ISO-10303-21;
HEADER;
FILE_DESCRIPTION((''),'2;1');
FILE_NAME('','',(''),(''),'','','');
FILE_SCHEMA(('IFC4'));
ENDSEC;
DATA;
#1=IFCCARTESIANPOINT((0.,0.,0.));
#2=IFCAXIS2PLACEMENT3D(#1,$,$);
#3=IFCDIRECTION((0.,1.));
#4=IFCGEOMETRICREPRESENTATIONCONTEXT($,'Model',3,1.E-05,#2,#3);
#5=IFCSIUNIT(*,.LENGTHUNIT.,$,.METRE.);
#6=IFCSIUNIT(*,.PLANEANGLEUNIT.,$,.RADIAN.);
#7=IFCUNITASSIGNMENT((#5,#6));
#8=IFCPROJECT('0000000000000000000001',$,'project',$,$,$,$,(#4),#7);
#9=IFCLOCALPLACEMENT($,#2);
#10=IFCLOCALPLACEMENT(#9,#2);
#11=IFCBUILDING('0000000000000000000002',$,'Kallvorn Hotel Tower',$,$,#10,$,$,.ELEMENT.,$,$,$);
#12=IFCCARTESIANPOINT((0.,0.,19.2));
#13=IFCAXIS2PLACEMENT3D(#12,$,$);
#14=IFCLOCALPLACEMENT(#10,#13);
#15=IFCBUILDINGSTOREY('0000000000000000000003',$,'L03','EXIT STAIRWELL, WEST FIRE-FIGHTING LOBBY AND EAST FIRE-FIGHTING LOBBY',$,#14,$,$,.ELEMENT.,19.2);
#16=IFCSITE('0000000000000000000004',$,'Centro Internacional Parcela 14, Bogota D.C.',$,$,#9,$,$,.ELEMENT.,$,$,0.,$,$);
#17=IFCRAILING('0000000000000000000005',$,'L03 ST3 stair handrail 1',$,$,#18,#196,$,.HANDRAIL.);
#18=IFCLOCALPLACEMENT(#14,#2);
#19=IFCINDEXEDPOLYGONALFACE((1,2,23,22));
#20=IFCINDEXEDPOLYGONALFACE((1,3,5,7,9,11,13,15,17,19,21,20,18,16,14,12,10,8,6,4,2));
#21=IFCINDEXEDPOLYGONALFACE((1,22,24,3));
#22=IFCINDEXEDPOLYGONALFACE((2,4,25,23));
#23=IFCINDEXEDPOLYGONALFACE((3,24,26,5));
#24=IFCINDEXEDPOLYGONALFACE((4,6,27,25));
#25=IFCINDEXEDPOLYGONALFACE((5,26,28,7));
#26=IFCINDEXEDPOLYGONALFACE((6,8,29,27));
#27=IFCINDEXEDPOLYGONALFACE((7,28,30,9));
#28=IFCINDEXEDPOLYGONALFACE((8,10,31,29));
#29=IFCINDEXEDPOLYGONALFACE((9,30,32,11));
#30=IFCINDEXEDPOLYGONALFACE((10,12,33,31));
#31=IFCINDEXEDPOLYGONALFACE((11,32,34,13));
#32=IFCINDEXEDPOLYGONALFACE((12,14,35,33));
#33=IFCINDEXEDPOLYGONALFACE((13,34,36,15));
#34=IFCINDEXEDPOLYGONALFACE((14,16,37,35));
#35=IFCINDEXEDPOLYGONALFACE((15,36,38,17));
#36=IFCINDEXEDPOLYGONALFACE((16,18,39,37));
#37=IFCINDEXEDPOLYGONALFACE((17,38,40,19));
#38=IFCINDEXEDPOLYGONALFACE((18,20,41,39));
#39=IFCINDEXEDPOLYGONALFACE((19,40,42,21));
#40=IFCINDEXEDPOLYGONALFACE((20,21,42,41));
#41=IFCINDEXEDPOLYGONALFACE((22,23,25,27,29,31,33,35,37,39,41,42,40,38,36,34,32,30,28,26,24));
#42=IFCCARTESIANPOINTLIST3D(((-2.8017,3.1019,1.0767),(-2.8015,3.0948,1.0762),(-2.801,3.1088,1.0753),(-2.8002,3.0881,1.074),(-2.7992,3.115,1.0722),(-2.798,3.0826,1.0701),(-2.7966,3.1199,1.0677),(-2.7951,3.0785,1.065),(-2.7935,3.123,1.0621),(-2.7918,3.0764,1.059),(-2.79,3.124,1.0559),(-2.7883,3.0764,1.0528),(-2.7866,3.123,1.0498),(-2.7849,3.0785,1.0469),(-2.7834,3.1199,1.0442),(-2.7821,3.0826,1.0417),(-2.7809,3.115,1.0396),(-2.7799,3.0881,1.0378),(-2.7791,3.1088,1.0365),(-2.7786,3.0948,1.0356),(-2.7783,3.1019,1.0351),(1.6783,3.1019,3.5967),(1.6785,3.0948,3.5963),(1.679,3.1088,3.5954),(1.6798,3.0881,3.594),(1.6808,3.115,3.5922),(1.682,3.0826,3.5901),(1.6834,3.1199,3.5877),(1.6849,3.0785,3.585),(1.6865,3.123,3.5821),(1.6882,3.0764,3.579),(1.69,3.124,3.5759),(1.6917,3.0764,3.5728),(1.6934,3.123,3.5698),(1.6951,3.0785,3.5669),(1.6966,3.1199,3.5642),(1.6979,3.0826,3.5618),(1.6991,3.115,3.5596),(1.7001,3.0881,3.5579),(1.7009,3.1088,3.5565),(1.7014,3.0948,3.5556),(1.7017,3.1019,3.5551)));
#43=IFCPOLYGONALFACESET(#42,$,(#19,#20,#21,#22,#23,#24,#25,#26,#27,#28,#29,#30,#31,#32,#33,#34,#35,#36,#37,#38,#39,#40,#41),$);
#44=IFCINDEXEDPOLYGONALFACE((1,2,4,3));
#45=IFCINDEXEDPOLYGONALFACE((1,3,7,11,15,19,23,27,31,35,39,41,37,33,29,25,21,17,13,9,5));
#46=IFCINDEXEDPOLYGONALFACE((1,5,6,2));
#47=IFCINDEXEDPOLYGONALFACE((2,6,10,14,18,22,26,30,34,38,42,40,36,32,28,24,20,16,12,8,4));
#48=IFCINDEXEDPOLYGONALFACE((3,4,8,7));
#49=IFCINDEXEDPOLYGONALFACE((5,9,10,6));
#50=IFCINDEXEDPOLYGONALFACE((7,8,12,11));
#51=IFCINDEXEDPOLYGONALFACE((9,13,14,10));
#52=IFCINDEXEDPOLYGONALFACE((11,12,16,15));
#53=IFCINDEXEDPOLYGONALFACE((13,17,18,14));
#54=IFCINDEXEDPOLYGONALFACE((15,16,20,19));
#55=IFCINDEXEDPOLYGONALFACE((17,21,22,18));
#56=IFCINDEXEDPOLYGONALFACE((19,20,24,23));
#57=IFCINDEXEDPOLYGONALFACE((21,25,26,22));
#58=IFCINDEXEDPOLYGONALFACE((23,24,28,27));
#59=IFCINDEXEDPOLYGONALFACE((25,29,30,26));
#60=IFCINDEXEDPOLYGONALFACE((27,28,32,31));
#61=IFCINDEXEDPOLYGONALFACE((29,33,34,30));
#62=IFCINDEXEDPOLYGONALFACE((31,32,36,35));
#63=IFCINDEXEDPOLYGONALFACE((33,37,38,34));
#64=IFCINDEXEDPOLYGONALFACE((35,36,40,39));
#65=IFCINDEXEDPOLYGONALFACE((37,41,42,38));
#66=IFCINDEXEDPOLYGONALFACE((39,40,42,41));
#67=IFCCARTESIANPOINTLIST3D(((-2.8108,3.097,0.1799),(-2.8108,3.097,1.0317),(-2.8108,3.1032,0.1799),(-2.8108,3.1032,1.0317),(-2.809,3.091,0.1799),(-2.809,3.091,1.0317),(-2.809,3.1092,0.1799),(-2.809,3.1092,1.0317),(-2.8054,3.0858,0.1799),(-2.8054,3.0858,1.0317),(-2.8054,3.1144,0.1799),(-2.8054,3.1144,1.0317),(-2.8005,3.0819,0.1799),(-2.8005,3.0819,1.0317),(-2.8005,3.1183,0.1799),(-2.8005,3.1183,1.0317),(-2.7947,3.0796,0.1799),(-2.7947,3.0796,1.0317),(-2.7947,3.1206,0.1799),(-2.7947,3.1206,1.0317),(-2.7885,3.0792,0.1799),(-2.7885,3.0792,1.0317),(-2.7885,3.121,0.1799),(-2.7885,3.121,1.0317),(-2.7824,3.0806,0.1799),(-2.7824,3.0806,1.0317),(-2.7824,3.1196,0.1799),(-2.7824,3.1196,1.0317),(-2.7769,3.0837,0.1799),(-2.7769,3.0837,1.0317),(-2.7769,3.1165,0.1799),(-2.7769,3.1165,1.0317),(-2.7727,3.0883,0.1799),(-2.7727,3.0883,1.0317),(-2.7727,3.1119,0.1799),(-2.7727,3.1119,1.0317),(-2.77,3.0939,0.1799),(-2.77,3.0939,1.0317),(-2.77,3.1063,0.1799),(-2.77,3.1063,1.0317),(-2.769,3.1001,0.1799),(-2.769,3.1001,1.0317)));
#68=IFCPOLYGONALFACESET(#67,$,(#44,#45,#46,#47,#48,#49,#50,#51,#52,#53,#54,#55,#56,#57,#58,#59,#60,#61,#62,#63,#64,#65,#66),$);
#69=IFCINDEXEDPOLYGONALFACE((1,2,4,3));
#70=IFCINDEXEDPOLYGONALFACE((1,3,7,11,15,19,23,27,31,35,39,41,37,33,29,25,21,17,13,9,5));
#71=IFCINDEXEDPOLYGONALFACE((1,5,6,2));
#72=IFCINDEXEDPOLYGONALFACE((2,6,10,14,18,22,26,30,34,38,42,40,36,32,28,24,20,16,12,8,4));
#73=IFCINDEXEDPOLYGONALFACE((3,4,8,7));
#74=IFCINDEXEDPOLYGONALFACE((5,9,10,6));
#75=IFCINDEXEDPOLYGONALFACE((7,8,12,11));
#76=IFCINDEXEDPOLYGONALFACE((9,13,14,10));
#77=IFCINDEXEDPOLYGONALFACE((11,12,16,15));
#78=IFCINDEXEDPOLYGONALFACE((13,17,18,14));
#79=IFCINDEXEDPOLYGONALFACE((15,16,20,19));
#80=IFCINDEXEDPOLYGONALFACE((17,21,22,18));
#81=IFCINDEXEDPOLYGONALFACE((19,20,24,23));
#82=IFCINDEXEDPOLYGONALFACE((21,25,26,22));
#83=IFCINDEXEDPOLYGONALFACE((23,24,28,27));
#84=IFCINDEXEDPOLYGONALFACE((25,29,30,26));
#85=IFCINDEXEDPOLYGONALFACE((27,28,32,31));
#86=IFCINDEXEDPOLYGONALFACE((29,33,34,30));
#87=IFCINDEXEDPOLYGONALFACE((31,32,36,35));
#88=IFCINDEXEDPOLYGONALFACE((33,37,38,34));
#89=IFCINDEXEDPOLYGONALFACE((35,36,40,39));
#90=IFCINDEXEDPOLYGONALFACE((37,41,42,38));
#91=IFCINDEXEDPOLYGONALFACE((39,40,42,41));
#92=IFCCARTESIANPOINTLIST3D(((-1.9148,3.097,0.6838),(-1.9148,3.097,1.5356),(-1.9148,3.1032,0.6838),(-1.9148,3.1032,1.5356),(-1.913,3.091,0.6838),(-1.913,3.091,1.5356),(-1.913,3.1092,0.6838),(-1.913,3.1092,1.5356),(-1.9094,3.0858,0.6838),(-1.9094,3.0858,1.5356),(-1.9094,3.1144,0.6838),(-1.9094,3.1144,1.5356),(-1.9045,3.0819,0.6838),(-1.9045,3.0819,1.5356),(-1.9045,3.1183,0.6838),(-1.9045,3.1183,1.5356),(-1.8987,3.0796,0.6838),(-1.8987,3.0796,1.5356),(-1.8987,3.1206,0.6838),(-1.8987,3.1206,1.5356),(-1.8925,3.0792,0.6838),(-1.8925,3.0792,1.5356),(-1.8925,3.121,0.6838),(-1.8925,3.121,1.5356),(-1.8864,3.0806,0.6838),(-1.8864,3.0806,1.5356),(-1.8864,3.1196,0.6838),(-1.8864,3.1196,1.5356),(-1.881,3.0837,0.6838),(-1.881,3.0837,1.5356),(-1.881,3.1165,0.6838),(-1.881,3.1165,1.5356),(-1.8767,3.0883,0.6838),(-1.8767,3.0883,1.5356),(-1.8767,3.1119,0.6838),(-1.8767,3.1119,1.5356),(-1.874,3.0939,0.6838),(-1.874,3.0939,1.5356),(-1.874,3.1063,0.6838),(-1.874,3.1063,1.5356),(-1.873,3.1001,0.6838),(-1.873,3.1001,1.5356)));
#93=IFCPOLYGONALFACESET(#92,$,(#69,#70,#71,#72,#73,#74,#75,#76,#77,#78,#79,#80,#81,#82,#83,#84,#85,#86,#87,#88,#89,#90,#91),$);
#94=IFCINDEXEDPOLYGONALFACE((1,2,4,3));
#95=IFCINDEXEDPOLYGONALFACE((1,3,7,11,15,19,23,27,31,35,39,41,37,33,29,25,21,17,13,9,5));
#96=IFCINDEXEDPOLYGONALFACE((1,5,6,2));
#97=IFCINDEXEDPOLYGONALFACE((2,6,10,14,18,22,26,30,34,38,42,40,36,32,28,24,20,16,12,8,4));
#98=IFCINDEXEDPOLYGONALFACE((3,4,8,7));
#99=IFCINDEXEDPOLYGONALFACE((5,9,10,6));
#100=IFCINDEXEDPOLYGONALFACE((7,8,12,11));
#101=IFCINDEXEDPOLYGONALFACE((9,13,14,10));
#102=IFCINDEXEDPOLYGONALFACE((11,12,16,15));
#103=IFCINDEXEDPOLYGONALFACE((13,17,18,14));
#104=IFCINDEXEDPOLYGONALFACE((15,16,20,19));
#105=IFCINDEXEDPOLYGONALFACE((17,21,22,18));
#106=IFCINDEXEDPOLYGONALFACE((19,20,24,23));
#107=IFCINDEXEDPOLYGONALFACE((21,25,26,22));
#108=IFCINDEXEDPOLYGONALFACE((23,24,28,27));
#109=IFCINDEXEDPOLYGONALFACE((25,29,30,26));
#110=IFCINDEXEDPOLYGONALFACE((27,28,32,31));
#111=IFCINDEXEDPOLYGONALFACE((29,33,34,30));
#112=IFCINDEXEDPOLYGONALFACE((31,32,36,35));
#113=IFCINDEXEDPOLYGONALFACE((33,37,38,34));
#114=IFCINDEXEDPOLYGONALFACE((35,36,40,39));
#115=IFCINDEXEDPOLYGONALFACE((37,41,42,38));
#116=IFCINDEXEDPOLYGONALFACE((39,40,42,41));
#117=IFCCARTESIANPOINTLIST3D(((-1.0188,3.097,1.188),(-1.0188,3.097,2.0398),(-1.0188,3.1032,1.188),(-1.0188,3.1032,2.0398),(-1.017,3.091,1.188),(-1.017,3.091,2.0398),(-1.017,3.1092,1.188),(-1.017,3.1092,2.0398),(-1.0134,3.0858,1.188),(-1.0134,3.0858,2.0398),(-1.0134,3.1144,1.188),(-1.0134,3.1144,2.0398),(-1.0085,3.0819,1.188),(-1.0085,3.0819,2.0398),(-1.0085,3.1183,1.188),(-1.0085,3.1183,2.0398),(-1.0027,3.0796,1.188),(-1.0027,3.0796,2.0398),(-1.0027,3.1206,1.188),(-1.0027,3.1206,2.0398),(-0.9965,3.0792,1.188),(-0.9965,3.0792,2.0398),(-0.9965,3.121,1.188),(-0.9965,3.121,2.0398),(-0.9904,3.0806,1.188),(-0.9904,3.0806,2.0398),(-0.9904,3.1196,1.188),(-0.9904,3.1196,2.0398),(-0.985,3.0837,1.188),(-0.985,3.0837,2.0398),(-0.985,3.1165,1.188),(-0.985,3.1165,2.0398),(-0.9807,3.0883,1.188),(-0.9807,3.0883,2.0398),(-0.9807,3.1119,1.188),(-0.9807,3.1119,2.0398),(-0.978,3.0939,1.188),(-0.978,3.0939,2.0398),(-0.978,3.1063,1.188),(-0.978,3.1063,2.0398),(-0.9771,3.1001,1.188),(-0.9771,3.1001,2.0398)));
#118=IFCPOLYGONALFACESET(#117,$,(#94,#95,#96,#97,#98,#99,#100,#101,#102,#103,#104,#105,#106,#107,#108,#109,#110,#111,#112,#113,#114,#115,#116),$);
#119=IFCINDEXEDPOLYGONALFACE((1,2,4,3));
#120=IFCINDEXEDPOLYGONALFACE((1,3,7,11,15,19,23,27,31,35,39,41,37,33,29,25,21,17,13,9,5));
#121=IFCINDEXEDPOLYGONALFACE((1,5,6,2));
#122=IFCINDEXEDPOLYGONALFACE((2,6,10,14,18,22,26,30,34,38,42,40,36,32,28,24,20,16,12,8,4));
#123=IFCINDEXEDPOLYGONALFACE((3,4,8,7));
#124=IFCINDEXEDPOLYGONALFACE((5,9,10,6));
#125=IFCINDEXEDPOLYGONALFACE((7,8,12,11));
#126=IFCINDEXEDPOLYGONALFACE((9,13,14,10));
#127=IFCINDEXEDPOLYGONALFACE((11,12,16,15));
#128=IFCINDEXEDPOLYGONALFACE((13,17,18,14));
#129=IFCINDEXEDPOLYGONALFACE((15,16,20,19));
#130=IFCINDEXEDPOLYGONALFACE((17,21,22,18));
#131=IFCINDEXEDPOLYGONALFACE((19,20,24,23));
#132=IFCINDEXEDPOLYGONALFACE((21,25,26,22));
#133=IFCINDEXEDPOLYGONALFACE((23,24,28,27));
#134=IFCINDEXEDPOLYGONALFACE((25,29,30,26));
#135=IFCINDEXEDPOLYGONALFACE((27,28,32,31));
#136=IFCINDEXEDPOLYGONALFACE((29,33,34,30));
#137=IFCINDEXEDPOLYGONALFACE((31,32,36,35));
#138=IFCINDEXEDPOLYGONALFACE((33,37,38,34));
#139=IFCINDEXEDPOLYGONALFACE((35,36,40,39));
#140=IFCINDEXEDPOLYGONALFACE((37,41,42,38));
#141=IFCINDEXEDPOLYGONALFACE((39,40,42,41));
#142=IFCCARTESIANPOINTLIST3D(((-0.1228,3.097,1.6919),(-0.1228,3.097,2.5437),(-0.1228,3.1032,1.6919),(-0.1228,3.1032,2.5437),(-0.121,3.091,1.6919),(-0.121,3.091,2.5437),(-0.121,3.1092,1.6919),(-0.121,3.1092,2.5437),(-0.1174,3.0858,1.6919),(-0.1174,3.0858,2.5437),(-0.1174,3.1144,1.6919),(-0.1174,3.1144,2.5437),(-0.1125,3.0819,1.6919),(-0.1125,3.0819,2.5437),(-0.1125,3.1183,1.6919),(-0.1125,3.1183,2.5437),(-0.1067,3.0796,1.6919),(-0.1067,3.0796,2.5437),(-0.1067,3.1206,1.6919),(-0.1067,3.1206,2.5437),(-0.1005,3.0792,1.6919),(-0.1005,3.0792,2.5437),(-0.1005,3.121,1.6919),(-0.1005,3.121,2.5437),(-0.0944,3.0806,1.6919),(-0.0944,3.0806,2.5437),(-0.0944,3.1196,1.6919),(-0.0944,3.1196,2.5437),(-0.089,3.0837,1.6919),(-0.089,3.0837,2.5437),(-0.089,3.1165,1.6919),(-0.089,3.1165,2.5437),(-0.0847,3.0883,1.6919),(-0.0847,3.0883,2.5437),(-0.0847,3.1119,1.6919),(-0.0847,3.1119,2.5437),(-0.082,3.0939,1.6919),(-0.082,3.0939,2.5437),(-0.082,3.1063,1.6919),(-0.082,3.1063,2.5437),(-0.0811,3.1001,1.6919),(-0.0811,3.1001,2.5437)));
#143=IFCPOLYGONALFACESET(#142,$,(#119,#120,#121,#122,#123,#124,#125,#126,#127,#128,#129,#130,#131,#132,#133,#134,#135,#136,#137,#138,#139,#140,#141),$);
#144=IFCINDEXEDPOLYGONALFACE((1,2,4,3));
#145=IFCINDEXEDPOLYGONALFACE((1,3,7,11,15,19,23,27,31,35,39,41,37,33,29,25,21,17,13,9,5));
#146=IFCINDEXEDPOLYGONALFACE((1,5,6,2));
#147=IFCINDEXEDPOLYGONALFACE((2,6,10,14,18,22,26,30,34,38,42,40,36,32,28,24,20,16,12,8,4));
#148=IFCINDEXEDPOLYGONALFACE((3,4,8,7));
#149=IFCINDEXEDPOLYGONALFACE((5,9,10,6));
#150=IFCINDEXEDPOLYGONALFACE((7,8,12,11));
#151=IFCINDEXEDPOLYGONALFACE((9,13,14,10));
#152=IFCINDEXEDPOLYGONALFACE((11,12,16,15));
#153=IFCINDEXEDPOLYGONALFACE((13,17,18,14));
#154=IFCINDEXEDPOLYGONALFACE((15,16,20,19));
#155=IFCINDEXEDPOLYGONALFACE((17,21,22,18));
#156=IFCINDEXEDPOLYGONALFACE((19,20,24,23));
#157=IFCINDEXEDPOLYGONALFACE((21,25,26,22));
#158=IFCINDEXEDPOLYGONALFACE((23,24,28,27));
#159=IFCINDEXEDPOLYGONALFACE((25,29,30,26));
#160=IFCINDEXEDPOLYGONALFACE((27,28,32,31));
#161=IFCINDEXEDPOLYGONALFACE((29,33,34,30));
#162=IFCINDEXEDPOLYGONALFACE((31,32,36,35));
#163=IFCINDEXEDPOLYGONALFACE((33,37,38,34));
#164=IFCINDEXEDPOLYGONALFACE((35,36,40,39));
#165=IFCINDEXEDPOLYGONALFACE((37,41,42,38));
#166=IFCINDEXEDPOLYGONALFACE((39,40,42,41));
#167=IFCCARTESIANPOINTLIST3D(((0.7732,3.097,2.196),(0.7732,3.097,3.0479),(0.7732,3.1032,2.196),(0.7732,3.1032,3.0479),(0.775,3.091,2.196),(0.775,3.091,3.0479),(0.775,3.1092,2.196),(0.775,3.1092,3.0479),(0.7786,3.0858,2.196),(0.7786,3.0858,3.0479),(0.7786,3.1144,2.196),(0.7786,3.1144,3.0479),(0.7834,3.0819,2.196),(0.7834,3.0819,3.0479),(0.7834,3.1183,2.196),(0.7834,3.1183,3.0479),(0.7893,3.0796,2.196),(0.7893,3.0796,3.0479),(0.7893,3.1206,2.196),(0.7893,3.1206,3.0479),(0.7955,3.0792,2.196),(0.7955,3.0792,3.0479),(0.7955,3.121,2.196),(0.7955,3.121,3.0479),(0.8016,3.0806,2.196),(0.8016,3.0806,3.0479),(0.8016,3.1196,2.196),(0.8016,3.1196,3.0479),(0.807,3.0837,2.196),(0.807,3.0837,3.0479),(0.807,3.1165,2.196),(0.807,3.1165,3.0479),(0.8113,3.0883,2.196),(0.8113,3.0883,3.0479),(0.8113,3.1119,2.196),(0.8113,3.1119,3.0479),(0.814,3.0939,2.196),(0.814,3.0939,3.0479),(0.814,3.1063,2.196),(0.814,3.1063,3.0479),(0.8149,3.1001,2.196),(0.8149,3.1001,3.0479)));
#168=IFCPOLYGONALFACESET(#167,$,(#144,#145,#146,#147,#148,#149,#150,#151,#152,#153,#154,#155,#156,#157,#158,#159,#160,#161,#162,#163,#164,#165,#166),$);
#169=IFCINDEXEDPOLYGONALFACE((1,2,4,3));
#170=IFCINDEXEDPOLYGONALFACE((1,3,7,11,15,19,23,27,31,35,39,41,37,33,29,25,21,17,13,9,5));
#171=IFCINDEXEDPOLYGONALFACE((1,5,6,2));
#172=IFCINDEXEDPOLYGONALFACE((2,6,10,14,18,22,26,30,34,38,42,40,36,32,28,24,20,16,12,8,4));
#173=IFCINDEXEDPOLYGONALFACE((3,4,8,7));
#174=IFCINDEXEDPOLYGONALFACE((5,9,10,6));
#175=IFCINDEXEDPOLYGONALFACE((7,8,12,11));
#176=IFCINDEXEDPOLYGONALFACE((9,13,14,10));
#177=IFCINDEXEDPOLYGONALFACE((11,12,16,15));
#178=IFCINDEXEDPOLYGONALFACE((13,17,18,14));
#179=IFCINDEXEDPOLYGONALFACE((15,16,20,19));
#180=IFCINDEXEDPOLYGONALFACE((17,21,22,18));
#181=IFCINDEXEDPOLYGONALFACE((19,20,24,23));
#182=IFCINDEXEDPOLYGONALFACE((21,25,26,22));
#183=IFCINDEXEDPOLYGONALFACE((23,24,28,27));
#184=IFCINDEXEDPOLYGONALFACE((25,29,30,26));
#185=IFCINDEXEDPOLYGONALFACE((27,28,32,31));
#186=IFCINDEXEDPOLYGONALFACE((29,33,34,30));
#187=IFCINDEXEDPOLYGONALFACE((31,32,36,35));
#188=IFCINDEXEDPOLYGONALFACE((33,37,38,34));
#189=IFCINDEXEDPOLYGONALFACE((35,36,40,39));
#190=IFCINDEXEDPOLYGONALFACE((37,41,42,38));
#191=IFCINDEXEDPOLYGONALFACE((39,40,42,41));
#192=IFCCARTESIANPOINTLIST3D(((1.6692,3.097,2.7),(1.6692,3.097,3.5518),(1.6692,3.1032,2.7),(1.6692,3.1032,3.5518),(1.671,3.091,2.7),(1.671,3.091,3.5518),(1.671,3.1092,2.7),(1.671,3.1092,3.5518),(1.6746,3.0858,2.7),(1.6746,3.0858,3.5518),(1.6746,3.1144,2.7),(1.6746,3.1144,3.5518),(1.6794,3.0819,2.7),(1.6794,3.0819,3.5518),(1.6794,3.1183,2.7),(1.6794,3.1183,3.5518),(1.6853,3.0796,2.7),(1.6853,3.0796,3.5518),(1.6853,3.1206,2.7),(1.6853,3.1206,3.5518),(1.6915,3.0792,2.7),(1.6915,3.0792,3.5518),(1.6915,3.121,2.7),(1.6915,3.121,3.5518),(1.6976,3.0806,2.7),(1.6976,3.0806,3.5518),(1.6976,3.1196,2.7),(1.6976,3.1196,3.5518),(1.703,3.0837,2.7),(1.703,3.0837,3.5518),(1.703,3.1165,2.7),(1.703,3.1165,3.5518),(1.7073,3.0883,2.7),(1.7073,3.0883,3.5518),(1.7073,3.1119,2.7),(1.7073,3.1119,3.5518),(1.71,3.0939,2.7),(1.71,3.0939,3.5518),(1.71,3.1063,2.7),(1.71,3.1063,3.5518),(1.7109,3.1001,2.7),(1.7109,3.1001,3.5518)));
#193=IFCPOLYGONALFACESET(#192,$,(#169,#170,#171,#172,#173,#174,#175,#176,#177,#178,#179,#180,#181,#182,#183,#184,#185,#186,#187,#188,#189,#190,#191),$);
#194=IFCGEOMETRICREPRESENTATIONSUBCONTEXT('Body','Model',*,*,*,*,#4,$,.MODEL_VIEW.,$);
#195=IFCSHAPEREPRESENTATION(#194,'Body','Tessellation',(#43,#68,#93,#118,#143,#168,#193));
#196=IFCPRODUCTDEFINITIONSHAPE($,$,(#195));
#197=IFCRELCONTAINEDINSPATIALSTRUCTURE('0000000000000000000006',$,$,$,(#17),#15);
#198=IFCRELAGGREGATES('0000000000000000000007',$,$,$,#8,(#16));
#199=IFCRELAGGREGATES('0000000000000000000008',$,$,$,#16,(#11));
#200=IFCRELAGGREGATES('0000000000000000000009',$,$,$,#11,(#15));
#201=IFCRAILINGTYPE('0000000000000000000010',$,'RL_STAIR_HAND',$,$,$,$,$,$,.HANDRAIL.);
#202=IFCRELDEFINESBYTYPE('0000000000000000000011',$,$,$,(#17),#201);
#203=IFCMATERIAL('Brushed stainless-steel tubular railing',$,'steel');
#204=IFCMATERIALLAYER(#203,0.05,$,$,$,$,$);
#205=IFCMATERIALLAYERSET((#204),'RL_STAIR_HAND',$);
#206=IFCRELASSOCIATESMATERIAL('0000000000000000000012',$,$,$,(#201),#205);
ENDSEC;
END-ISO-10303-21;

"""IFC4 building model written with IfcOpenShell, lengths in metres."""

from ifc_helpers import new_model, si_unit, direction, frame, origin, origin_2d, place, context, subcontext, project, spatial, circle, extrude, material, layer, layer_set, type_object, element, save


model = new_model("IFC4")

# Units and contexts
model_context = context("Model", 3, precision=1e-05, world=origin(), true_north=direction((0.0, 1.0)))
body_context = subcontext(model_context, "Body", "Model", "MODEL_VIEW")
ifc_project = project(units=[si_unit("LENGTHUNIT", "METRE"), si_unit("PLANEANGLEUNIT", "RADIAN")], contexts=[model_context])

# Site, building, storey
site_placement = place(None, origin())
site = spatial("IfcSite", under=ifc_project, at=site_placement, Name="Centro Internacional Parcela 14, Bogota D.C.", CompositionType="ELEMENT", RefElevation=0.0)
building_placement = place(site_placement, origin())
building = spatial("IfcBuilding", under=site, at=building_placement, Name="Kallvorn Hotel Tower", CompositionType="ELEMENT")
storey_placement = place(building_placement, frame((0.0, 0.0, 19.2)))
storey = spatial("IfcBuildingStorey", under=building, at=storey_placement, Name="L03", Description="EXIT STAIRWELL, WEST FIRE-FIGHTING LOBBY AND EAST FIRE-FIGHTING LOBBY", CompositionType="ELEMENT", Elevation=19.2)

# Railing
ifc_material_1 = material(Name="Brushed stainless-steel tubular railing", Category="steel")
ifc_layer_1 = layer(ifc_material_1, 0.05)
ifc_layer_set_1 = layer_set([ifc_layer_1], Name="RL_STAIR_HAND")
railing_type_1 = type_object("IfcRailingType", Name="RL_STAIR_HAND", PredefinedType="HANDRAIL", material=ifc_layer_set_1)
railing_1_placement = place(storey_placement, frame((-2.79, 3.1001, 0.1799)))
element("IfcRailing", 1, at=railing_1_placement, inside=storey, type_object=railing_type_1, Name="L03 ST3 stair handrail 1", PredefinedType="HANDRAIL", context=body_context, shape_type="SweptSolid", body=[
    extrude(circle(Radius=0.0239, at=origin_2d()), frame((0.0, 0.0, 0.876), z_axis=(0.871573, 0.0, 0.490266), x_axis=(0.0, 1.0, 0.0)), (0.0, 0.0, 1.0), 5.1401),
    extrude(circle(Radius=0.021, at=origin_2d()), origin(), (0.0, 0.0, 1.0), 0.8518),
    extrude(circle(Radius=0.021, at=origin_2d()), frame((0.896, 0.0, 0.5039)), (0.0, 0.0, 1.0), 0.8518),
    extrude(circle(Radius=0.021, at=origin_2d()), frame((1.792, 0.0, 1.0081)), (0.0, 0.0, 1.0), 0.8518),
    extrude(circle(Radius=0.021, at=origin_2d()), frame((2.688, 0.0, 1.512)), (0.0, 0.0, 1.0), 0.8518),
    extrude(circle(Radius=0.021, at=origin_2d()), frame((3.584, 0.0, 2.0161)), (0.0, 0.0, 1.0), 0.8518),
    extrude(circle(Radius=0.021, at=origin_2d()), frame((4.48, 0.0, 2.52)), (0.0, 0.0, 1.0), 0.8518),
])

save(model, "model.ifc")
